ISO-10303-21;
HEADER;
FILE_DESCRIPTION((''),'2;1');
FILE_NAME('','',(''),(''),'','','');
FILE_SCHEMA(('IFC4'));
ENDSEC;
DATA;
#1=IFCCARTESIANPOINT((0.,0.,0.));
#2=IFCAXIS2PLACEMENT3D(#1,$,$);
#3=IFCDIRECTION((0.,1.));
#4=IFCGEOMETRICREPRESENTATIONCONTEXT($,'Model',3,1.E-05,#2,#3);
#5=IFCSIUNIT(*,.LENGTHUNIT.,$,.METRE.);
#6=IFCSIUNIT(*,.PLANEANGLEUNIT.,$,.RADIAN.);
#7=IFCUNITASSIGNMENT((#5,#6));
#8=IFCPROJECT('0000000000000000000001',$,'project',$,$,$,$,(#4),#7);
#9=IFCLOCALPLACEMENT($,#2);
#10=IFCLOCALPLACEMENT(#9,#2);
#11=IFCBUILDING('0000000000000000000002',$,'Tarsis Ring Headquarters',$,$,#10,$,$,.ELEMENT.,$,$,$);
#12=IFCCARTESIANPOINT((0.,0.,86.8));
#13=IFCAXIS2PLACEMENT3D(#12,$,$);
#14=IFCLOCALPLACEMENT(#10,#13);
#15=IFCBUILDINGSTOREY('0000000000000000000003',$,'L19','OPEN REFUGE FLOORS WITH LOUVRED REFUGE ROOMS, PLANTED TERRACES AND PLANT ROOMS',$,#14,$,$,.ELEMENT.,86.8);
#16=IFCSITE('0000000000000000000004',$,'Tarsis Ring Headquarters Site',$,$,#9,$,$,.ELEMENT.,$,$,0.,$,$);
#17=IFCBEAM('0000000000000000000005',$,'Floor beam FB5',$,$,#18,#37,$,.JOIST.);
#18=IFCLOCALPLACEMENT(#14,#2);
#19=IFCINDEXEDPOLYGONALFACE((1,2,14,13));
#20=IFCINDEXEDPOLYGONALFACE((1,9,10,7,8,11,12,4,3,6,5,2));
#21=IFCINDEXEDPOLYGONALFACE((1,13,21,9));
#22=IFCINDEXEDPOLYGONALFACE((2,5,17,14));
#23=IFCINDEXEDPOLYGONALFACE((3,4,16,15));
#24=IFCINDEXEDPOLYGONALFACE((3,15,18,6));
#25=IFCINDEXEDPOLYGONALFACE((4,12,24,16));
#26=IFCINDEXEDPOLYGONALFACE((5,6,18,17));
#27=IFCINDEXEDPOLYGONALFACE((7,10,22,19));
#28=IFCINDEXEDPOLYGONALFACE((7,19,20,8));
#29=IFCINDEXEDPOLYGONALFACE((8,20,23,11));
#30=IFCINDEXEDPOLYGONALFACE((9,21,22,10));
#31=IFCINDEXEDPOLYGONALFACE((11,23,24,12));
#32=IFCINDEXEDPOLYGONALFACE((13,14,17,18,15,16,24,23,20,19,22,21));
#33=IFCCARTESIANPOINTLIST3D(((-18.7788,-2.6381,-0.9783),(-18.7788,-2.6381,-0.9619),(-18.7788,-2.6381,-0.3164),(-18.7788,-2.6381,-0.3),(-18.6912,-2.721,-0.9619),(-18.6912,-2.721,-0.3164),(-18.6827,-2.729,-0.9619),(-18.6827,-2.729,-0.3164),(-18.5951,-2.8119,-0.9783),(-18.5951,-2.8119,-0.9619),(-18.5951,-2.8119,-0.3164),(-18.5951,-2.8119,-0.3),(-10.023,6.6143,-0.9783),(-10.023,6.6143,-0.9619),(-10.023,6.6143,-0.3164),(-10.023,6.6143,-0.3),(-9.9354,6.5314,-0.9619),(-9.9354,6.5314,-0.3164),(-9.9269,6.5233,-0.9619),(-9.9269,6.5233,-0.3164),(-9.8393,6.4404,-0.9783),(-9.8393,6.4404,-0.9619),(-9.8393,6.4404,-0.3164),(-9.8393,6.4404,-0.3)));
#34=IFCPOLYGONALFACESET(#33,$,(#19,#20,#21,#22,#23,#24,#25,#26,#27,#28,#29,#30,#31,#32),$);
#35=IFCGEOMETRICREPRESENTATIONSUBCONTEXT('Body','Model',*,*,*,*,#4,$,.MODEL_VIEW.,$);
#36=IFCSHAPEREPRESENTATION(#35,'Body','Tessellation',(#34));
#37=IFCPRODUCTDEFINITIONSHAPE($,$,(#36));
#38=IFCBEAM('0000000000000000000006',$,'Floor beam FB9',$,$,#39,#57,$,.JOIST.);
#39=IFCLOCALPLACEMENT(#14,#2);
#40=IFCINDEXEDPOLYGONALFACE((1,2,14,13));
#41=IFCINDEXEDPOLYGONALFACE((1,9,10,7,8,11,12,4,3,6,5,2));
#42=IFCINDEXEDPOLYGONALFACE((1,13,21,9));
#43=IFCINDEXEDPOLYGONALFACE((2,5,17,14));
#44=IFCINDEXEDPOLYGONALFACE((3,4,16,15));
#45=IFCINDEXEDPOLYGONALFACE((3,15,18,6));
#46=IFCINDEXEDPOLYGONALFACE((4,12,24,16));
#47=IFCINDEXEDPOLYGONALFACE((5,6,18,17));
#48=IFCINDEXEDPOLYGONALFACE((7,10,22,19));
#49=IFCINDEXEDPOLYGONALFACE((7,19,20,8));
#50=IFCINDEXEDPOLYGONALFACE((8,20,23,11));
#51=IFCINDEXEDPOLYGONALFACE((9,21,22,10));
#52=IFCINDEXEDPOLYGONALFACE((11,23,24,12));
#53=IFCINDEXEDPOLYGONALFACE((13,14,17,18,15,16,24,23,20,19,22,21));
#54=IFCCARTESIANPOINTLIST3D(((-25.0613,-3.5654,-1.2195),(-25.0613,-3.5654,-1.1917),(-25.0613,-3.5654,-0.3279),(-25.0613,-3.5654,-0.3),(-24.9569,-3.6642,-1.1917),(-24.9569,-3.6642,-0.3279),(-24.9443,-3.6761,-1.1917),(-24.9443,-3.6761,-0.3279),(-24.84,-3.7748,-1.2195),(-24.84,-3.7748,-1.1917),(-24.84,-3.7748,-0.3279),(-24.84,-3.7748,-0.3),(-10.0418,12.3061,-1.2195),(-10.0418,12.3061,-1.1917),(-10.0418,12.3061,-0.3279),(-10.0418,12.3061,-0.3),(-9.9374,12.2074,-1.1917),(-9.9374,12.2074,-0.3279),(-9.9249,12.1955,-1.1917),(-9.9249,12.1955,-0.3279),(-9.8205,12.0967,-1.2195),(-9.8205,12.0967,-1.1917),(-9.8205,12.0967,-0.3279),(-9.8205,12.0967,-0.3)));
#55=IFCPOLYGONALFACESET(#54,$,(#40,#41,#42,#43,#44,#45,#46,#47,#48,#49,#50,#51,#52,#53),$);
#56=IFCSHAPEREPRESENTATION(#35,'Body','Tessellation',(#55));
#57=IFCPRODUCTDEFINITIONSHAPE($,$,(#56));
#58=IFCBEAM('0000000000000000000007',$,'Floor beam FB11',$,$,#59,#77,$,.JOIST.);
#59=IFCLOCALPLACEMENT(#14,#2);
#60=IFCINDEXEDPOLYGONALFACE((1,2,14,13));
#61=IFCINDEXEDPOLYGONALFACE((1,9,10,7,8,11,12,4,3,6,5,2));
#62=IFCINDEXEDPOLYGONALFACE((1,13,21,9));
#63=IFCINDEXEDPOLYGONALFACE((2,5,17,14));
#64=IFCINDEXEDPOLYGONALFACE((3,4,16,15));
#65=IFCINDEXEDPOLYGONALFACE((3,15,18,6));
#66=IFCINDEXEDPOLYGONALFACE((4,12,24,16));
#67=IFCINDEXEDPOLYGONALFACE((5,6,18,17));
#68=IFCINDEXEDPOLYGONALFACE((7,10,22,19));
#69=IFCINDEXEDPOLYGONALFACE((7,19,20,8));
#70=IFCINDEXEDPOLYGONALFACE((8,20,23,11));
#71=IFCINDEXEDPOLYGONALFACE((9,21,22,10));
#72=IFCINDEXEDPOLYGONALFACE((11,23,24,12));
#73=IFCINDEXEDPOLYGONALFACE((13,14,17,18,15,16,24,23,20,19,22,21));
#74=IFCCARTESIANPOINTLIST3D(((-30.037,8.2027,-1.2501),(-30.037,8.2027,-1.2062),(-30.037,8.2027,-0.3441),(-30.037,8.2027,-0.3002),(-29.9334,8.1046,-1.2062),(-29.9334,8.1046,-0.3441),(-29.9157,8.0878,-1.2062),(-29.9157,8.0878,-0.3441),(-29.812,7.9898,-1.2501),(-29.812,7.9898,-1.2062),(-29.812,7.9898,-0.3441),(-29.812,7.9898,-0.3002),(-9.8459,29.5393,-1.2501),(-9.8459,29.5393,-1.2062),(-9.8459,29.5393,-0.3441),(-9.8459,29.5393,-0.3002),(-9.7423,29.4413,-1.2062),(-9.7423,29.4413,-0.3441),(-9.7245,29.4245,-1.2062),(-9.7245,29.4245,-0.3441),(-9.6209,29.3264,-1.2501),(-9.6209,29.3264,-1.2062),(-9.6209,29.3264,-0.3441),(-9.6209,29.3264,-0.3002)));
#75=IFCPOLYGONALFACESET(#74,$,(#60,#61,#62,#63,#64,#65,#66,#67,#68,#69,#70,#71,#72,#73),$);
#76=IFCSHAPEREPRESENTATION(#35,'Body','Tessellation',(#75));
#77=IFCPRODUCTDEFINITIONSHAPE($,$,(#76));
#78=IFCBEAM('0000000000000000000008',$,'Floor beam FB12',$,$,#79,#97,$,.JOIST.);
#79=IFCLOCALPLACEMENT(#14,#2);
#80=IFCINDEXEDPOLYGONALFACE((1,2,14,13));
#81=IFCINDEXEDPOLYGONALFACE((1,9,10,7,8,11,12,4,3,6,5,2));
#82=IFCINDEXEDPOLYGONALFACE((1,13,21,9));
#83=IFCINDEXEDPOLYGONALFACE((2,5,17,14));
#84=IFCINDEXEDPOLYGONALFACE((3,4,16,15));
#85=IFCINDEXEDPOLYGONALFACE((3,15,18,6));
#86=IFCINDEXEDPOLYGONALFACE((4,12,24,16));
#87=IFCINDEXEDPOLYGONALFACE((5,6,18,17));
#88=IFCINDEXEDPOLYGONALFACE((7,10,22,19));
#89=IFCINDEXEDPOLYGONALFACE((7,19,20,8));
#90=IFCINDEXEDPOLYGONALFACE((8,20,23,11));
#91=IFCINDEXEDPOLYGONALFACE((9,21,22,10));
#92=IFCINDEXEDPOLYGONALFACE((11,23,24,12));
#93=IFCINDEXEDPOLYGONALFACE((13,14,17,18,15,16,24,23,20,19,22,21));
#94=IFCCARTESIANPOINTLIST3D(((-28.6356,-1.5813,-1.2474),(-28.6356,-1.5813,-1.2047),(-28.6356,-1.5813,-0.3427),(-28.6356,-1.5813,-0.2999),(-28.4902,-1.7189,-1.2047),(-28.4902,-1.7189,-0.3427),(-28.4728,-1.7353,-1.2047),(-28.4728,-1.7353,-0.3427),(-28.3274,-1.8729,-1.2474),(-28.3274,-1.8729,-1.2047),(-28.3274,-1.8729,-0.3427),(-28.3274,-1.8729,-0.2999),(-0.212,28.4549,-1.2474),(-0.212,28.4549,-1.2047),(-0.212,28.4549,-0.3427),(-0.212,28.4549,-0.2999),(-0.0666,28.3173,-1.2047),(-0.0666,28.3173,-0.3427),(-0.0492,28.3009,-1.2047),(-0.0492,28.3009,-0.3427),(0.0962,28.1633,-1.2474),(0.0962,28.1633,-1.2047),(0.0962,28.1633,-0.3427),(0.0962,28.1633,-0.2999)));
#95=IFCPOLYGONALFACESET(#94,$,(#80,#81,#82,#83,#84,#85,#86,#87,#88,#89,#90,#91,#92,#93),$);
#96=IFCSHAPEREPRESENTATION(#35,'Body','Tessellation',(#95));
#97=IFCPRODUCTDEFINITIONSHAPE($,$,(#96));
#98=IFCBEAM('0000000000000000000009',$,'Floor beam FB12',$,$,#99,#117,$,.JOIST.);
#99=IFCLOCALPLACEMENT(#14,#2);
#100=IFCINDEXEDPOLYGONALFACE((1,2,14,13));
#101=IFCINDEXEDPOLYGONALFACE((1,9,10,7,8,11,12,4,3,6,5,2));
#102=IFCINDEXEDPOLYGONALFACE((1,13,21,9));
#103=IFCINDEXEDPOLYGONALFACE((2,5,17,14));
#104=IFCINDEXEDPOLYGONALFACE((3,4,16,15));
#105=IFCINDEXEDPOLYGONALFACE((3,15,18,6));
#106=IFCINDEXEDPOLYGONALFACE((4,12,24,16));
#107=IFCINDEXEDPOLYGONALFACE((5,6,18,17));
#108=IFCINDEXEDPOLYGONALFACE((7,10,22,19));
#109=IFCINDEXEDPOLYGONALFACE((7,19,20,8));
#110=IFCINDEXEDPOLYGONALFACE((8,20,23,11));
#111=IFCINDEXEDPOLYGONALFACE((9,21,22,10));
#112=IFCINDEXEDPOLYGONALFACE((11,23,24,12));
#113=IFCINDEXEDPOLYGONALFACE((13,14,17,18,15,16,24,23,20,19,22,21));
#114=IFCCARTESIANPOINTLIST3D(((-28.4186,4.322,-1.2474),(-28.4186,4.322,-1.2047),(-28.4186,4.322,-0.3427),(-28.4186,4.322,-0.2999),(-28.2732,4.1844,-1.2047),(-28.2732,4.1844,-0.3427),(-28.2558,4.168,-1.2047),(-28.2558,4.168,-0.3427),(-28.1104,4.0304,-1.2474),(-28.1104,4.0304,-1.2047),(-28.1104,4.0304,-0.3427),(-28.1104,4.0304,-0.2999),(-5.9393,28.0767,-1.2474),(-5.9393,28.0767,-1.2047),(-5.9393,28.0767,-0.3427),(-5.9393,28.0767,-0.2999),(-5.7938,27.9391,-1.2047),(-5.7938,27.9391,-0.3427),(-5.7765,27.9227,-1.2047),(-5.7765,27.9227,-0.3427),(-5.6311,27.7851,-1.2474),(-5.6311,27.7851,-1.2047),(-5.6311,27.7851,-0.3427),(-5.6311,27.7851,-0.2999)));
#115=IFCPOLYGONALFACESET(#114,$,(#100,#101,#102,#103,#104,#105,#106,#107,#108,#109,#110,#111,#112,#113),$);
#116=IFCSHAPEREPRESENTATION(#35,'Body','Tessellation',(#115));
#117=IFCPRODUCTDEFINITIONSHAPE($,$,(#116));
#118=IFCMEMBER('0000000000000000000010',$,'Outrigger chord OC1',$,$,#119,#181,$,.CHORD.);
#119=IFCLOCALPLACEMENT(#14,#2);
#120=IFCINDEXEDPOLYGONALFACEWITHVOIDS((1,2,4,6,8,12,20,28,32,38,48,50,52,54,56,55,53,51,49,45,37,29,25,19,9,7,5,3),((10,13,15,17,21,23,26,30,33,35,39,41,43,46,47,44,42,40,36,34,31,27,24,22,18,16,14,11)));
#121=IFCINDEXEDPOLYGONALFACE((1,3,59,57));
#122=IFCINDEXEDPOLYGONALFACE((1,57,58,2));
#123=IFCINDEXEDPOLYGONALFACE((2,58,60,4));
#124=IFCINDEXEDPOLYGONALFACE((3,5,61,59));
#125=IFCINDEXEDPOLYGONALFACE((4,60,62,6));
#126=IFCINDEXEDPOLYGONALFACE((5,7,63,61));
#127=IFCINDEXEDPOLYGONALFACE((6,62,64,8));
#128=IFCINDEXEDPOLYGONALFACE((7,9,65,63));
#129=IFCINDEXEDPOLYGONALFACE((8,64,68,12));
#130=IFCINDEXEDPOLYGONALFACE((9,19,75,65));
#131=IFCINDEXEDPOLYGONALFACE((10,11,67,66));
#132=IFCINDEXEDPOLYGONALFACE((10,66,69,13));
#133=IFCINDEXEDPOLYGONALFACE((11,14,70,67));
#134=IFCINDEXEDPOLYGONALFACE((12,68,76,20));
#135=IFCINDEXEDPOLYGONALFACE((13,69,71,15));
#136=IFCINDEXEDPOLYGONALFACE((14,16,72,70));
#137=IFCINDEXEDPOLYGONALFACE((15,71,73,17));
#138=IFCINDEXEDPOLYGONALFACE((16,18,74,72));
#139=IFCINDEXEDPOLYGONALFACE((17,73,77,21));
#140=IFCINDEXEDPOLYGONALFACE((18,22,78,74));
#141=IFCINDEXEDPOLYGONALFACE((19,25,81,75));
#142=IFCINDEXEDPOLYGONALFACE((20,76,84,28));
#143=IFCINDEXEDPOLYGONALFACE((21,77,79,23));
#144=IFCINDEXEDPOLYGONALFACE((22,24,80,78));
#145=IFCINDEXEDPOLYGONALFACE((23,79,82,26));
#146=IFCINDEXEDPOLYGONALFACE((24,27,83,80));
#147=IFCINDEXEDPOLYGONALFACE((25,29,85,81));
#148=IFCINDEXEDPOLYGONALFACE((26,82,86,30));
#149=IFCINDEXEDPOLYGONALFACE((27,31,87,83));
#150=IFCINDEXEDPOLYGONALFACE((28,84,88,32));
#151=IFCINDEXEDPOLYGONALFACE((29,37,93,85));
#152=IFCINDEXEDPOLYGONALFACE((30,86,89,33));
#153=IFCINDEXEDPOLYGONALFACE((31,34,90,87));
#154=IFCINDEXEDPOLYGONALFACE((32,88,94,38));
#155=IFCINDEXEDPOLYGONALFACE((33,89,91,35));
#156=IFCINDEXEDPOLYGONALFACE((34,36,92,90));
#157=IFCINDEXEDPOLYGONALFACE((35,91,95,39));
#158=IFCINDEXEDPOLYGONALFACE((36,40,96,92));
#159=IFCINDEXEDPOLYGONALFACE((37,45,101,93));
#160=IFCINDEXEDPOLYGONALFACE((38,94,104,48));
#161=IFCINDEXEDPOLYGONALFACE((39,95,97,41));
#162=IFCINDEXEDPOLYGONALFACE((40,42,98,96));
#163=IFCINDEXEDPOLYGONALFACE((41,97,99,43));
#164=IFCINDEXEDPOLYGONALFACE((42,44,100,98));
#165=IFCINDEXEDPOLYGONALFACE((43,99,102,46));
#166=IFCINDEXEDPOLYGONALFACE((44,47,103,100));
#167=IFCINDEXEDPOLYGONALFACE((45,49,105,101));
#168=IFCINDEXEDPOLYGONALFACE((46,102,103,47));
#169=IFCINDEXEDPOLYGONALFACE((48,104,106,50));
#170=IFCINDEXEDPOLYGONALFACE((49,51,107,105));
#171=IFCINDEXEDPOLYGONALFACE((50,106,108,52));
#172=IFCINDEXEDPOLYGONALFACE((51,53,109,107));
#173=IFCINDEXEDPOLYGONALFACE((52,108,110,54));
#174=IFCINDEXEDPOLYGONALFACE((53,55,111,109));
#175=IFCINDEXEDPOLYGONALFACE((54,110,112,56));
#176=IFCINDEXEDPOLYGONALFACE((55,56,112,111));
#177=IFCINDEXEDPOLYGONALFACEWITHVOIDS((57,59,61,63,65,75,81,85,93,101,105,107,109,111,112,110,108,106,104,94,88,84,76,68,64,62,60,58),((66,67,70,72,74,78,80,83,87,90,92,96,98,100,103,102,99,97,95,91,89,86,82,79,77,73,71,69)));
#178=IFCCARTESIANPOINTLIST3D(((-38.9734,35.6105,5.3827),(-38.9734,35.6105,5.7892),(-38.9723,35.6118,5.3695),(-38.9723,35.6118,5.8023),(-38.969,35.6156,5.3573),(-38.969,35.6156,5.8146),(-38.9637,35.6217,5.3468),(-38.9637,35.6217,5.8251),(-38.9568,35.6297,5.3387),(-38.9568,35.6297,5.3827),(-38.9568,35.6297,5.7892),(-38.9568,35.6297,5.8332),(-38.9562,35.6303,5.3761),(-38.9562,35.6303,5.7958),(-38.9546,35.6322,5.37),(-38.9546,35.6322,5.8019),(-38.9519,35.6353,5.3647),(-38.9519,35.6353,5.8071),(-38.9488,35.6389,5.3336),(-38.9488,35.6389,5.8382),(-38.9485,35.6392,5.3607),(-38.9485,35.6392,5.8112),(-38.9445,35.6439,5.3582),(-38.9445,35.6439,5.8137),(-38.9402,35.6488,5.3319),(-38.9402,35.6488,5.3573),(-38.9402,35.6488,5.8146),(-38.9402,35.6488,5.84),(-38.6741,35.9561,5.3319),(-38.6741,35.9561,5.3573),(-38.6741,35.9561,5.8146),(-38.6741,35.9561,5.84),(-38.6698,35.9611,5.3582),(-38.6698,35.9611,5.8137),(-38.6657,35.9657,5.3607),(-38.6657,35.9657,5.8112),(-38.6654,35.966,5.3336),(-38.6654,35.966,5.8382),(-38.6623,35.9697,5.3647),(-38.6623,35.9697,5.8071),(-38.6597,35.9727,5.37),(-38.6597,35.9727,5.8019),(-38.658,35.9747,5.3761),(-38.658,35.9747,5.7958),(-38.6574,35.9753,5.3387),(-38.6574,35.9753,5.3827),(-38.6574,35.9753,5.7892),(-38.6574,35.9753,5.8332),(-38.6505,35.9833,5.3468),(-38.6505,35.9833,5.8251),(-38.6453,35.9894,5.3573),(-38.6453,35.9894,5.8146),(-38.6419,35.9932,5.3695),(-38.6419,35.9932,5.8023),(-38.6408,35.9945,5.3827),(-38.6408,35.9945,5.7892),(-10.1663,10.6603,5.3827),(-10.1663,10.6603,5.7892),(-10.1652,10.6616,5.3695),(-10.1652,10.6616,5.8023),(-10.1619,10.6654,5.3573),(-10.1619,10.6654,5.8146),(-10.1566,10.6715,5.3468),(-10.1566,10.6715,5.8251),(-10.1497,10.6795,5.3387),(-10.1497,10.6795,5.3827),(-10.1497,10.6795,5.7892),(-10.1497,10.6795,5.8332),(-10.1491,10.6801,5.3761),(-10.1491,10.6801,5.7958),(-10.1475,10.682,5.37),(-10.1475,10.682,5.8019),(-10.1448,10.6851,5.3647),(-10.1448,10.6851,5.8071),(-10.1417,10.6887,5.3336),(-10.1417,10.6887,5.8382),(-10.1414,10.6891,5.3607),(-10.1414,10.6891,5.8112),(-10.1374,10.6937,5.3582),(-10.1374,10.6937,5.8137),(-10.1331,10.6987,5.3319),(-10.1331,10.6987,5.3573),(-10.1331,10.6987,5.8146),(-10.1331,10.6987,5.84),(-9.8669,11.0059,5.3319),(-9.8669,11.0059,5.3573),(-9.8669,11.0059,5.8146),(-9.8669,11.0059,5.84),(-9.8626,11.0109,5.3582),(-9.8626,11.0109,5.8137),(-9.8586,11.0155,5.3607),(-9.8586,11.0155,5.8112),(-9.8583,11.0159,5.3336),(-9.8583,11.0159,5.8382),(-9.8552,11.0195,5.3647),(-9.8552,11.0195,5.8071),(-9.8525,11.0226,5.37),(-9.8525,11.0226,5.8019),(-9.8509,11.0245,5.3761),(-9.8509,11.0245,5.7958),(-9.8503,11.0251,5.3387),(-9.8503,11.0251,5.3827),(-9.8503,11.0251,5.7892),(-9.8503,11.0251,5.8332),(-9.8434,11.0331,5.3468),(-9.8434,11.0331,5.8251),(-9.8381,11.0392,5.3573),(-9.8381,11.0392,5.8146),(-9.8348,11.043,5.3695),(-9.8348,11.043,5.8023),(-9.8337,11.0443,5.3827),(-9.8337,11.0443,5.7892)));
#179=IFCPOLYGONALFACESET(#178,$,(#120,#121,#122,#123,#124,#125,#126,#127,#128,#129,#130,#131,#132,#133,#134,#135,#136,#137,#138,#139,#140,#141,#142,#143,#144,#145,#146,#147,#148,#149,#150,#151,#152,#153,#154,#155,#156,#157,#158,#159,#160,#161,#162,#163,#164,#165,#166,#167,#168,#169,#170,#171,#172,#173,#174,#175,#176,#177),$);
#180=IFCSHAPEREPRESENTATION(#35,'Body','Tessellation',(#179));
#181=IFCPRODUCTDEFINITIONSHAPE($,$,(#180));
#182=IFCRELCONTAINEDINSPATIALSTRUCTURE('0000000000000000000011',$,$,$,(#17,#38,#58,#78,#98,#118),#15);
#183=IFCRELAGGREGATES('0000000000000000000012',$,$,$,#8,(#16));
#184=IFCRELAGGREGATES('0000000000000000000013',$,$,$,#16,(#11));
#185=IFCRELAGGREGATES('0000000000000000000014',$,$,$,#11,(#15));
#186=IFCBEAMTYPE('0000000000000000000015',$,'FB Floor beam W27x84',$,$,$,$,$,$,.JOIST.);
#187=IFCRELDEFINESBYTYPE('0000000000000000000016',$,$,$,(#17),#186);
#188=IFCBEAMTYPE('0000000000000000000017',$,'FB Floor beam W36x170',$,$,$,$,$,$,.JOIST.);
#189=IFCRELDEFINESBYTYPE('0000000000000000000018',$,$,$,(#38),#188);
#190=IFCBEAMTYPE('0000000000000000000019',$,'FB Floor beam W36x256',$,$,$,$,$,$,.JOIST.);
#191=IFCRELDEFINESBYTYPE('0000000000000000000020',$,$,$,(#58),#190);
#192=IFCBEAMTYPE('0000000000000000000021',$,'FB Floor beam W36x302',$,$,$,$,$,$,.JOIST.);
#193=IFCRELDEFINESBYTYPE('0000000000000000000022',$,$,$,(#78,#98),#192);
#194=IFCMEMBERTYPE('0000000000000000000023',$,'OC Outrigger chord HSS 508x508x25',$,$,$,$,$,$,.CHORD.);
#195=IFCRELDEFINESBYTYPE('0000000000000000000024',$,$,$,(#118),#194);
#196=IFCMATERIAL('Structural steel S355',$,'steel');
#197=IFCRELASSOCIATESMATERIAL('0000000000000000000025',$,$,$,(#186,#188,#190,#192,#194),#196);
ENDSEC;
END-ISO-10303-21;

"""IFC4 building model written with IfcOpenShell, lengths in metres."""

from ifc_helpers import new_model, si_unit, direction, frame, origin, origin_2d, place, context, subcontext, project, spatial, hollow_rectangle, i_section, extrude, material, material_profile, profile_set, type_object, element, save


model = new_model("IFC4")

# Units and contexts
model_context = context("Model", 3, precision=1e-05, world=origin(), true_north=direction((0.0, 1.0)))
body_context = subcontext(model_context, "Body", "Model", "MODEL_VIEW")
ifc_project = project(units=[si_unit("LENGTHUNIT", "METRE"), si_unit("PLANEANGLEUNIT", "RADIAN")], contexts=[model_context])

# Site, building, storey
site_placement = place(None, origin())
site = spatial("IfcSite", under=ifc_project, at=site_placement, Name="Tarsis Ring Headquarters Site", CompositionType="ELEMENT", RefElevation=0.0)
building_placement = place(site_placement, origin())
building = spatial("IfcBuilding", under=site, at=building_placement, Name="Tarsis Ring Headquarters", CompositionType="ELEMENT")
storey_placement = place(building_placement, frame((0.0, 0.0, 86.8)))
storey = spatial("IfcBuildingStorey", under=building, at=storey_placement, Name="L19", Description="OPEN REFUGE FLOORS WITH LOUVRED REFUGE ROOMS, PLANTED TERRACES AND PLANT ROOMS", CompositionType="ELEMENT", Elevation=86.8)

# Beams
ifc_material_1 = material(Name="Structural steel S355", Category="steel")
ifc_material_profile_1 = material_profile(ifc_material_1, i_section(OverallWidth=0.2529, OverallDepth=0.6782, WebThickness=0.0117, FlangeThickness=0.0164, at=origin_2d()), Name="W27x84")
ifc_profile_set_1 = profile_set([ifc_material_profile_1], Name="Structural steel S355")
beam_type_1 = type_object("IfcBeamType", Name="FB Floor beam W27x84", PredefinedType="JOIST", material=ifc_profile_set_1)
beam_1_placement = place(storey_placement, frame((-9.9312, 6.5273, -0.6392), z_axis=(-0.687347, -0.726329, 0.0), x_axis=(0.726329, -0.687347, 0.0)))
element("IfcBeam", 1, at=beam_1_placement, inside=storey, type_object=beam_type_1, Name="Floor beam FB5", PredefinedType="JOIST", context=body_context, shape_type="SweptSolid", body=[
    extrude(i_section(OverallWidth=0.2529, OverallDepth=0.6782, WebThickness=0.0117, FlangeThickness=0.0164, at=origin_2d()), origin(), (0.0, 0.0, 1.0), 12.7385),
])
ifc_material_profile_2 = material_profile(ifc_material_1, i_section(OverallWidth=0.3047, OverallDepth=0.9194, WebThickness=0.0173, FlangeThickness=0.0278, at=origin_2d()), Name="W36x170")
ifc_profile_set_2 = profile_set([ifc_material_profile_2], Name="Structural steel S355")
beam_type_2 = type_object("IfcBeamType", Name="FB Floor beam W36x170", PredefinedType="JOIST", material=ifc_profile_set_2)
beam_2_placement = place(storey_placement, frame((-9.9312, 12.2014, -0.7598), z_axis=(-0.687342, -0.726334, 0.0), x_axis=(0.726334, -0.687342, 0.0)))
element("IfcBeam", 2, at=beam_2_placement, inside=storey, type_object=beam_type_2, Name="Floor beam FB9", PredefinedType="JOIST", context=body_context, shape_type="SweptSolid", body=[
    extrude(i_section(OverallWidth=0.3047, OverallDepth=0.9194, WebThickness=0.0173, FlangeThickness=0.0278, at=origin_2d()), origin(), (0.0, 0.0, 1.0), 21.8516),
])
ifc_material_profile_3 = material_profile(ifc_material_1, i_section(OverallWidth=0.3098, OverallDepth=0.95, WebThickness=0.0244, FlangeThickness=0.0439, at=origin_2d()), Name="W36x256")
ifc_profile_set_3 = profile_set([ifc_material_profile_3], Name="Structural steel S355")
beam_type_3 = type_object("IfcBeamType", Name="FB Floor beam W36x256", PredefinedType="JOIST", material=ifc_profile_set_3)
beam_3_placement = place(storey_placement, frame((-9.7334, 29.4329, -0.7751), z_axis=(-0.68734, -0.726335, 0.0), x_axis=(0.726335, -0.68734, 0.0)))
element("IfcBeam", 3, at=beam_3_placement, inside=storey, type_object=beam_type_3, Name="Floor beam FB11", PredefinedType="JOIST", context=body_context, shape_type="SweptSolid", body=[
    extrude(i_section(OverallWidth=0.3098, OverallDepth=0.95, WebThickness=0.0244, FlangeThickness=0.0439, at=origin_2d()), origin(), (0.0, 0.0, 1.0), 29.3757),
])
ifc_material_profile_4 = material_profile(ifc_material_1, i_section(OverallWidth=0.4243, OverallDepth=0.9475, WebThickness=0.0239, FlangeThickness=0.0427, at=origin_2d()), Name="W36x302")
ifc_profile_set_4 = profile_set([ifc_material_profile_4], Name="Structural steel S355")
beam_type_4 = type_object("IfcBeamType", Name="FB Floor beam W36x302", PredefinedType="JOIST", material=ifc_profile_set_4)
beam_4_placement = place(storey_placement, frame((-0.0579, 28.3091, -0.7737), z_axis=(-0.687341, -0.726335, 0.0), x_axis=(0.726335, -0.687341, 0.0)))
element("IfcBeam", 4, at=beam_4_placement, inside=storey, type_object=beam_type_4, Name="Floor beam FB12", PredefinedType="JOIST", context=body_context, shape_type="SweptSolid", body=[
    extrude(i_section(OverallWidth=0.4243, OverallDepth=0.9475, WebThickness=0.0239, FlangeThickness=0.0427, at=origin_2d()), origin(), (0.0, 0.0, 1.0), 41.353),
])
beam_5_placement = place(storey_placement, frame((-5.7852, 27.9309, -0.7737), z_axis=(-0.687339, -0.726336, 0.0), x_axis=(0.726336, -0.687339, 0.0)))
element("IfcBeam", 5, at=beam_5_placement, inside=storey, type_object=beam_type_4, Name="Floor beam FB12", PredefinedType="JOIST", context=body_context, shape_type="SweptSolid", body=[
    extrude(i_section(OverallWidth=0.4243, OverallDepth=0.9475, WebThickness=0.0239, FlangeThickness=0.0427, at=origin_2d()), origin(), (0.0, 0.0, 1.0), 32.7048),
])

# Member
ifc_material_profile_5 = material_profile(ifc_material_1, hollow_rectangle(XDim=0.5081, YDim=0.5081, WallThickness=0.0254, InnerFilletRadius=0.0254, OuterFilletRadius=0.0508, at=origin_2d()), Name="HSS 508x508x25")
ifc_profile_set_5 = profile_set([ifc_material_profile_5], Name="Structural steel S355")
member_type_1 = type_object("IfcMemberType", Name="OC Outrigger chord HSS 508x508x25", PredefinedType="CHORD", material=ifc_profile_set_5)
member_1_placement = place(storey_placement, frame((-10.0, 10.8523, 5.5859), z_axis=(-0.755897, 0.654691, 0.0), x_axis=(-0.654691, -0.755897, 0.0)))
element("IfcMember", 6, at=member_1_placement, inside=storey, type_object=member_type_1, Name="Outrigger chord OC1", PredefinedType="CHORD", context=body_context, shape_type="SweptSolid", body=[
    extrude(hollow_rectangle(XDim=0.5081, YDim=0.5081, WallThickness=0.0254, InnerFilletRadius=0.0254, OuterFilletRadius=0.0508, at=origin_2d()), origin(), (0.0, 0.0, 1.0), 38.1099),
])

save(model, "model.ifc")
